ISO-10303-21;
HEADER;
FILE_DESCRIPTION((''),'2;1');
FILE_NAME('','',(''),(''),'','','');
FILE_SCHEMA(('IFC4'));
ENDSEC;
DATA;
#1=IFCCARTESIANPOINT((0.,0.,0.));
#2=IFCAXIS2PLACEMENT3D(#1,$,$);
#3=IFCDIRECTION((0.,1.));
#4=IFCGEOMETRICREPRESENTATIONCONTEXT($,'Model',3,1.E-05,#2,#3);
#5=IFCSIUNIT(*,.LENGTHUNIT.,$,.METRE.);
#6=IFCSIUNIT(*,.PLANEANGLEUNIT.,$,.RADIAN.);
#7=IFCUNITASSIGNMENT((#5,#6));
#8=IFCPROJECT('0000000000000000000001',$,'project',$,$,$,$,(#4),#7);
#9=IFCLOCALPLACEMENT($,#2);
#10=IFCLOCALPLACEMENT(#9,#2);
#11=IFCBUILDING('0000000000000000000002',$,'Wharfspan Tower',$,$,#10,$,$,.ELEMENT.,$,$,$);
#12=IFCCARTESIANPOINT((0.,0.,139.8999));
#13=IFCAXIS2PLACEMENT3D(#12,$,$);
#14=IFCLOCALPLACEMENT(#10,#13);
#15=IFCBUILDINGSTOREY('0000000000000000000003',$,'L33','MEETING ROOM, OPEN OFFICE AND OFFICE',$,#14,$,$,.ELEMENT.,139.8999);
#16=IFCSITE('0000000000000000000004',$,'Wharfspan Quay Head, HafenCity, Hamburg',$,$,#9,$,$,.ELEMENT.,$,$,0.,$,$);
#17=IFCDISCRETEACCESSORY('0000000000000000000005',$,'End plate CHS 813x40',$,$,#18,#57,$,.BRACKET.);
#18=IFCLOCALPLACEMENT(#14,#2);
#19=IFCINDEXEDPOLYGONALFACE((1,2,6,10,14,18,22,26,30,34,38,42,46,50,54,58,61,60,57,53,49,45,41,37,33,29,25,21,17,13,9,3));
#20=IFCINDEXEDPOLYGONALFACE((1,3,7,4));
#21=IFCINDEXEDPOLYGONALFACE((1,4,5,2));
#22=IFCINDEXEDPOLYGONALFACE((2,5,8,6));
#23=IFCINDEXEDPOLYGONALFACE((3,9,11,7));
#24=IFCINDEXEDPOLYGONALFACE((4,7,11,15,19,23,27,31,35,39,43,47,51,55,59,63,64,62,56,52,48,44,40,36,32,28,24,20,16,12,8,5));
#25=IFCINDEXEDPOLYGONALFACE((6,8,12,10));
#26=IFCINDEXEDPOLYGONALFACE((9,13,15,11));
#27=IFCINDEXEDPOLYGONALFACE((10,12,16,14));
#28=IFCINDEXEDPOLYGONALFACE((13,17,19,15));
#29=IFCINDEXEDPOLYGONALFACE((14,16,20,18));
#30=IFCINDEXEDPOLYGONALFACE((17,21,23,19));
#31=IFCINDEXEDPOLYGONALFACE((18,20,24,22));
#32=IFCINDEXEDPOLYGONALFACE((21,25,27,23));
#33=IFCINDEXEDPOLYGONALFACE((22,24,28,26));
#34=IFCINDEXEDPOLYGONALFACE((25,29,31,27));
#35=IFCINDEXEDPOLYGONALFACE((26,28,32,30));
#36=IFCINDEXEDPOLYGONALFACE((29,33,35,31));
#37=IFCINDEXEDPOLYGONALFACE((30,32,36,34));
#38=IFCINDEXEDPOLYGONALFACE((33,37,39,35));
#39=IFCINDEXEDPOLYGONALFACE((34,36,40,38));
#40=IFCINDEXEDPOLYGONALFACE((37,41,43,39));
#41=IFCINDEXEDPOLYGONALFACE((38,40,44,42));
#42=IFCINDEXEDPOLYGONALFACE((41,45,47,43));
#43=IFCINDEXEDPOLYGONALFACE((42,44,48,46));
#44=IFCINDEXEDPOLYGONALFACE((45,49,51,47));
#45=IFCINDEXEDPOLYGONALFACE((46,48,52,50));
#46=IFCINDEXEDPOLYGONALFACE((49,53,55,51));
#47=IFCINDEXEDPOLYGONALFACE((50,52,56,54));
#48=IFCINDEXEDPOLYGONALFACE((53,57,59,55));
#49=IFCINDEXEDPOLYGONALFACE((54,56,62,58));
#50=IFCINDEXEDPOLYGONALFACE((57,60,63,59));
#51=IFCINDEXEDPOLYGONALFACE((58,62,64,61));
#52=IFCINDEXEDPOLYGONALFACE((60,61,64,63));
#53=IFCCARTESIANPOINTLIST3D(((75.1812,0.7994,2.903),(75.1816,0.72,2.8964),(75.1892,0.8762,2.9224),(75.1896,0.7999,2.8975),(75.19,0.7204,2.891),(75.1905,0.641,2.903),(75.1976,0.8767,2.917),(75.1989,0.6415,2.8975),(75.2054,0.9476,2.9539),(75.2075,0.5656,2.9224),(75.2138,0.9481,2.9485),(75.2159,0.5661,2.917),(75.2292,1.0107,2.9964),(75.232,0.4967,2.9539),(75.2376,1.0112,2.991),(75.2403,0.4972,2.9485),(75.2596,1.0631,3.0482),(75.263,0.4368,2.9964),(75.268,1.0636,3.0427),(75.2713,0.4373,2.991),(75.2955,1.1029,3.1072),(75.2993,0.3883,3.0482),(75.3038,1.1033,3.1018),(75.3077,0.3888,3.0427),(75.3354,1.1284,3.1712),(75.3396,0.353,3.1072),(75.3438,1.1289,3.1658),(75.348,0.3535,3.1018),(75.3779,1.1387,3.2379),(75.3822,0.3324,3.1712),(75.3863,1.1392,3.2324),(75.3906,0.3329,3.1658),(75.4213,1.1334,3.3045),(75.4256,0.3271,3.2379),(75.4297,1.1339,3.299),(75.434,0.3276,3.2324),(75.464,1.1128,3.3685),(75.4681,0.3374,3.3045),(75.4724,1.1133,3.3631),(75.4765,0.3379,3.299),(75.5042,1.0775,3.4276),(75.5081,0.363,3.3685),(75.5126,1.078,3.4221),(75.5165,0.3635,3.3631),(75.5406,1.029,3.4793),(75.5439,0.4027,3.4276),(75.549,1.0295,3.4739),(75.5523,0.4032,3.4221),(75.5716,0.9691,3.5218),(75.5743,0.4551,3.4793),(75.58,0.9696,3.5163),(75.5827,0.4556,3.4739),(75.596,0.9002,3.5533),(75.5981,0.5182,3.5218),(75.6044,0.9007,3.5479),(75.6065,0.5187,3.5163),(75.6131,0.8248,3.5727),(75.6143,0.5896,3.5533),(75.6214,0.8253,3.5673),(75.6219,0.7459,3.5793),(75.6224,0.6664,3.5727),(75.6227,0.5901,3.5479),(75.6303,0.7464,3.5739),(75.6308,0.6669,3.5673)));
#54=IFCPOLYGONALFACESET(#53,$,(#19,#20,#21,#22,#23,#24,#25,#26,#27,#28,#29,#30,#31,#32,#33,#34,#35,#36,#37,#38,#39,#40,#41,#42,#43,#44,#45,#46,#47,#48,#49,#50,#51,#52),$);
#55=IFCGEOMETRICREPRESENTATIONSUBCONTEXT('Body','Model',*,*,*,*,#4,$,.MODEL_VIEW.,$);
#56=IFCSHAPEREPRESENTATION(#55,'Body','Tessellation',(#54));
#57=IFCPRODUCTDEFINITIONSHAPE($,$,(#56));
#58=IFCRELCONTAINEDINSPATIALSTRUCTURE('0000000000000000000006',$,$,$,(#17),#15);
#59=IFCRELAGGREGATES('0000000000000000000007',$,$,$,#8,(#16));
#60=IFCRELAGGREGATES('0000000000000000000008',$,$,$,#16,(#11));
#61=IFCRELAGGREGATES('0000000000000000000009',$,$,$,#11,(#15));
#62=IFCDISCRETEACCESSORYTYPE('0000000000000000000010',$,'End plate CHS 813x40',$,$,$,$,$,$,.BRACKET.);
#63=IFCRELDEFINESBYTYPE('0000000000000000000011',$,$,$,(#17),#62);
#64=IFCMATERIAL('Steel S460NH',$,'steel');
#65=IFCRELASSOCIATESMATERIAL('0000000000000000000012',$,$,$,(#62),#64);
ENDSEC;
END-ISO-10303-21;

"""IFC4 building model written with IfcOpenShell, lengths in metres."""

from ifc_helpers import new_model, si_unit, direction, frame, origin, origin_2d, place, context, subcontext, project, spatial, circle, extrude, material, material_profile, profile_set, type_object, element, save


model = new_model("IFC4")

# Units and contexts
model_context = context("Model", 3, precision=1e-05, world=origin(), true_north=direction((0.0, 1.0)))
body_context = subcontext(model_context, "Body", "Model", "MODEL_VIEW")
ifc_project = project(units=[si_unit("LENGTHUNIT", "METRE"), si_unit("PLANEANGLEUNIT", "RADIAN")], contexts=[model_context])

# Site, building, storey
site_placement = place(None, origin())
site = spatial("IfcSite", under=ifc_project, at=site_placement, Name="Wharfspan Quay Head, HafenCity, Hamburg", CompositionType="ELEMENT", RefElevation=0.0)
building_placement = place(site_placement, origin())
building = spatial("IfcBuilding", under=site, at=building_placement, Name="Wharfspan Tower", CompositionType="ELEMENT")
storey_placement = place(building_placement, frame((0.0, 0.0, 139.8999)))
storey = spatial("IfcBuildingStorey", under=building, at=storey_placement, Name="L33", Description="MEETING ROOM, OPEN OFFICE AND OFFICE", CompositionType="ELEMENT", Elevation=139.8999)

# Shared definitions
ifc_material_1 = material(Name="Steel S460NH", Category="steel")

# Discrete accessory
ifc_material_profile_1 = material_profile(ifc_material_1, circle(Radius=0.4065, at=origin_2d()))
ifc_profile_set_1 = profile_set([ifc_material_profile_1], Name="Steel S460NH")
discrete_accessory_type = type_object("IfcDiscreteAccessoryType", Name="End plate CHS 813x40", PredefinedType="BRACKET", material=ifc_profile_set_1)
for number, where, z_axis, x_axis, name in (
    (1, (75.4102, 0.7334, 3.2324), (-0.838548, -0.049326, 0.54259), (0.058722, -0.99827, 0.000001), "End plate CHS 813x40"),
):
    element("IfcDiscreteAccessory", number, at=place(storey_placement, frame(where, z_axis=z_axis, x_axis=x_axis)), inside=storey, type_object=discrete_accessory_type, Name=name, PredefinedType="BRACKET", context=body_context, shape_type="SweptSolid", body=[
        extrude(circle(Radius=0.4065, at=origin_2d()), origin(), (0.0, 0.0, 1.0), 0.01),
    ])

save(model, "model.ifc")
